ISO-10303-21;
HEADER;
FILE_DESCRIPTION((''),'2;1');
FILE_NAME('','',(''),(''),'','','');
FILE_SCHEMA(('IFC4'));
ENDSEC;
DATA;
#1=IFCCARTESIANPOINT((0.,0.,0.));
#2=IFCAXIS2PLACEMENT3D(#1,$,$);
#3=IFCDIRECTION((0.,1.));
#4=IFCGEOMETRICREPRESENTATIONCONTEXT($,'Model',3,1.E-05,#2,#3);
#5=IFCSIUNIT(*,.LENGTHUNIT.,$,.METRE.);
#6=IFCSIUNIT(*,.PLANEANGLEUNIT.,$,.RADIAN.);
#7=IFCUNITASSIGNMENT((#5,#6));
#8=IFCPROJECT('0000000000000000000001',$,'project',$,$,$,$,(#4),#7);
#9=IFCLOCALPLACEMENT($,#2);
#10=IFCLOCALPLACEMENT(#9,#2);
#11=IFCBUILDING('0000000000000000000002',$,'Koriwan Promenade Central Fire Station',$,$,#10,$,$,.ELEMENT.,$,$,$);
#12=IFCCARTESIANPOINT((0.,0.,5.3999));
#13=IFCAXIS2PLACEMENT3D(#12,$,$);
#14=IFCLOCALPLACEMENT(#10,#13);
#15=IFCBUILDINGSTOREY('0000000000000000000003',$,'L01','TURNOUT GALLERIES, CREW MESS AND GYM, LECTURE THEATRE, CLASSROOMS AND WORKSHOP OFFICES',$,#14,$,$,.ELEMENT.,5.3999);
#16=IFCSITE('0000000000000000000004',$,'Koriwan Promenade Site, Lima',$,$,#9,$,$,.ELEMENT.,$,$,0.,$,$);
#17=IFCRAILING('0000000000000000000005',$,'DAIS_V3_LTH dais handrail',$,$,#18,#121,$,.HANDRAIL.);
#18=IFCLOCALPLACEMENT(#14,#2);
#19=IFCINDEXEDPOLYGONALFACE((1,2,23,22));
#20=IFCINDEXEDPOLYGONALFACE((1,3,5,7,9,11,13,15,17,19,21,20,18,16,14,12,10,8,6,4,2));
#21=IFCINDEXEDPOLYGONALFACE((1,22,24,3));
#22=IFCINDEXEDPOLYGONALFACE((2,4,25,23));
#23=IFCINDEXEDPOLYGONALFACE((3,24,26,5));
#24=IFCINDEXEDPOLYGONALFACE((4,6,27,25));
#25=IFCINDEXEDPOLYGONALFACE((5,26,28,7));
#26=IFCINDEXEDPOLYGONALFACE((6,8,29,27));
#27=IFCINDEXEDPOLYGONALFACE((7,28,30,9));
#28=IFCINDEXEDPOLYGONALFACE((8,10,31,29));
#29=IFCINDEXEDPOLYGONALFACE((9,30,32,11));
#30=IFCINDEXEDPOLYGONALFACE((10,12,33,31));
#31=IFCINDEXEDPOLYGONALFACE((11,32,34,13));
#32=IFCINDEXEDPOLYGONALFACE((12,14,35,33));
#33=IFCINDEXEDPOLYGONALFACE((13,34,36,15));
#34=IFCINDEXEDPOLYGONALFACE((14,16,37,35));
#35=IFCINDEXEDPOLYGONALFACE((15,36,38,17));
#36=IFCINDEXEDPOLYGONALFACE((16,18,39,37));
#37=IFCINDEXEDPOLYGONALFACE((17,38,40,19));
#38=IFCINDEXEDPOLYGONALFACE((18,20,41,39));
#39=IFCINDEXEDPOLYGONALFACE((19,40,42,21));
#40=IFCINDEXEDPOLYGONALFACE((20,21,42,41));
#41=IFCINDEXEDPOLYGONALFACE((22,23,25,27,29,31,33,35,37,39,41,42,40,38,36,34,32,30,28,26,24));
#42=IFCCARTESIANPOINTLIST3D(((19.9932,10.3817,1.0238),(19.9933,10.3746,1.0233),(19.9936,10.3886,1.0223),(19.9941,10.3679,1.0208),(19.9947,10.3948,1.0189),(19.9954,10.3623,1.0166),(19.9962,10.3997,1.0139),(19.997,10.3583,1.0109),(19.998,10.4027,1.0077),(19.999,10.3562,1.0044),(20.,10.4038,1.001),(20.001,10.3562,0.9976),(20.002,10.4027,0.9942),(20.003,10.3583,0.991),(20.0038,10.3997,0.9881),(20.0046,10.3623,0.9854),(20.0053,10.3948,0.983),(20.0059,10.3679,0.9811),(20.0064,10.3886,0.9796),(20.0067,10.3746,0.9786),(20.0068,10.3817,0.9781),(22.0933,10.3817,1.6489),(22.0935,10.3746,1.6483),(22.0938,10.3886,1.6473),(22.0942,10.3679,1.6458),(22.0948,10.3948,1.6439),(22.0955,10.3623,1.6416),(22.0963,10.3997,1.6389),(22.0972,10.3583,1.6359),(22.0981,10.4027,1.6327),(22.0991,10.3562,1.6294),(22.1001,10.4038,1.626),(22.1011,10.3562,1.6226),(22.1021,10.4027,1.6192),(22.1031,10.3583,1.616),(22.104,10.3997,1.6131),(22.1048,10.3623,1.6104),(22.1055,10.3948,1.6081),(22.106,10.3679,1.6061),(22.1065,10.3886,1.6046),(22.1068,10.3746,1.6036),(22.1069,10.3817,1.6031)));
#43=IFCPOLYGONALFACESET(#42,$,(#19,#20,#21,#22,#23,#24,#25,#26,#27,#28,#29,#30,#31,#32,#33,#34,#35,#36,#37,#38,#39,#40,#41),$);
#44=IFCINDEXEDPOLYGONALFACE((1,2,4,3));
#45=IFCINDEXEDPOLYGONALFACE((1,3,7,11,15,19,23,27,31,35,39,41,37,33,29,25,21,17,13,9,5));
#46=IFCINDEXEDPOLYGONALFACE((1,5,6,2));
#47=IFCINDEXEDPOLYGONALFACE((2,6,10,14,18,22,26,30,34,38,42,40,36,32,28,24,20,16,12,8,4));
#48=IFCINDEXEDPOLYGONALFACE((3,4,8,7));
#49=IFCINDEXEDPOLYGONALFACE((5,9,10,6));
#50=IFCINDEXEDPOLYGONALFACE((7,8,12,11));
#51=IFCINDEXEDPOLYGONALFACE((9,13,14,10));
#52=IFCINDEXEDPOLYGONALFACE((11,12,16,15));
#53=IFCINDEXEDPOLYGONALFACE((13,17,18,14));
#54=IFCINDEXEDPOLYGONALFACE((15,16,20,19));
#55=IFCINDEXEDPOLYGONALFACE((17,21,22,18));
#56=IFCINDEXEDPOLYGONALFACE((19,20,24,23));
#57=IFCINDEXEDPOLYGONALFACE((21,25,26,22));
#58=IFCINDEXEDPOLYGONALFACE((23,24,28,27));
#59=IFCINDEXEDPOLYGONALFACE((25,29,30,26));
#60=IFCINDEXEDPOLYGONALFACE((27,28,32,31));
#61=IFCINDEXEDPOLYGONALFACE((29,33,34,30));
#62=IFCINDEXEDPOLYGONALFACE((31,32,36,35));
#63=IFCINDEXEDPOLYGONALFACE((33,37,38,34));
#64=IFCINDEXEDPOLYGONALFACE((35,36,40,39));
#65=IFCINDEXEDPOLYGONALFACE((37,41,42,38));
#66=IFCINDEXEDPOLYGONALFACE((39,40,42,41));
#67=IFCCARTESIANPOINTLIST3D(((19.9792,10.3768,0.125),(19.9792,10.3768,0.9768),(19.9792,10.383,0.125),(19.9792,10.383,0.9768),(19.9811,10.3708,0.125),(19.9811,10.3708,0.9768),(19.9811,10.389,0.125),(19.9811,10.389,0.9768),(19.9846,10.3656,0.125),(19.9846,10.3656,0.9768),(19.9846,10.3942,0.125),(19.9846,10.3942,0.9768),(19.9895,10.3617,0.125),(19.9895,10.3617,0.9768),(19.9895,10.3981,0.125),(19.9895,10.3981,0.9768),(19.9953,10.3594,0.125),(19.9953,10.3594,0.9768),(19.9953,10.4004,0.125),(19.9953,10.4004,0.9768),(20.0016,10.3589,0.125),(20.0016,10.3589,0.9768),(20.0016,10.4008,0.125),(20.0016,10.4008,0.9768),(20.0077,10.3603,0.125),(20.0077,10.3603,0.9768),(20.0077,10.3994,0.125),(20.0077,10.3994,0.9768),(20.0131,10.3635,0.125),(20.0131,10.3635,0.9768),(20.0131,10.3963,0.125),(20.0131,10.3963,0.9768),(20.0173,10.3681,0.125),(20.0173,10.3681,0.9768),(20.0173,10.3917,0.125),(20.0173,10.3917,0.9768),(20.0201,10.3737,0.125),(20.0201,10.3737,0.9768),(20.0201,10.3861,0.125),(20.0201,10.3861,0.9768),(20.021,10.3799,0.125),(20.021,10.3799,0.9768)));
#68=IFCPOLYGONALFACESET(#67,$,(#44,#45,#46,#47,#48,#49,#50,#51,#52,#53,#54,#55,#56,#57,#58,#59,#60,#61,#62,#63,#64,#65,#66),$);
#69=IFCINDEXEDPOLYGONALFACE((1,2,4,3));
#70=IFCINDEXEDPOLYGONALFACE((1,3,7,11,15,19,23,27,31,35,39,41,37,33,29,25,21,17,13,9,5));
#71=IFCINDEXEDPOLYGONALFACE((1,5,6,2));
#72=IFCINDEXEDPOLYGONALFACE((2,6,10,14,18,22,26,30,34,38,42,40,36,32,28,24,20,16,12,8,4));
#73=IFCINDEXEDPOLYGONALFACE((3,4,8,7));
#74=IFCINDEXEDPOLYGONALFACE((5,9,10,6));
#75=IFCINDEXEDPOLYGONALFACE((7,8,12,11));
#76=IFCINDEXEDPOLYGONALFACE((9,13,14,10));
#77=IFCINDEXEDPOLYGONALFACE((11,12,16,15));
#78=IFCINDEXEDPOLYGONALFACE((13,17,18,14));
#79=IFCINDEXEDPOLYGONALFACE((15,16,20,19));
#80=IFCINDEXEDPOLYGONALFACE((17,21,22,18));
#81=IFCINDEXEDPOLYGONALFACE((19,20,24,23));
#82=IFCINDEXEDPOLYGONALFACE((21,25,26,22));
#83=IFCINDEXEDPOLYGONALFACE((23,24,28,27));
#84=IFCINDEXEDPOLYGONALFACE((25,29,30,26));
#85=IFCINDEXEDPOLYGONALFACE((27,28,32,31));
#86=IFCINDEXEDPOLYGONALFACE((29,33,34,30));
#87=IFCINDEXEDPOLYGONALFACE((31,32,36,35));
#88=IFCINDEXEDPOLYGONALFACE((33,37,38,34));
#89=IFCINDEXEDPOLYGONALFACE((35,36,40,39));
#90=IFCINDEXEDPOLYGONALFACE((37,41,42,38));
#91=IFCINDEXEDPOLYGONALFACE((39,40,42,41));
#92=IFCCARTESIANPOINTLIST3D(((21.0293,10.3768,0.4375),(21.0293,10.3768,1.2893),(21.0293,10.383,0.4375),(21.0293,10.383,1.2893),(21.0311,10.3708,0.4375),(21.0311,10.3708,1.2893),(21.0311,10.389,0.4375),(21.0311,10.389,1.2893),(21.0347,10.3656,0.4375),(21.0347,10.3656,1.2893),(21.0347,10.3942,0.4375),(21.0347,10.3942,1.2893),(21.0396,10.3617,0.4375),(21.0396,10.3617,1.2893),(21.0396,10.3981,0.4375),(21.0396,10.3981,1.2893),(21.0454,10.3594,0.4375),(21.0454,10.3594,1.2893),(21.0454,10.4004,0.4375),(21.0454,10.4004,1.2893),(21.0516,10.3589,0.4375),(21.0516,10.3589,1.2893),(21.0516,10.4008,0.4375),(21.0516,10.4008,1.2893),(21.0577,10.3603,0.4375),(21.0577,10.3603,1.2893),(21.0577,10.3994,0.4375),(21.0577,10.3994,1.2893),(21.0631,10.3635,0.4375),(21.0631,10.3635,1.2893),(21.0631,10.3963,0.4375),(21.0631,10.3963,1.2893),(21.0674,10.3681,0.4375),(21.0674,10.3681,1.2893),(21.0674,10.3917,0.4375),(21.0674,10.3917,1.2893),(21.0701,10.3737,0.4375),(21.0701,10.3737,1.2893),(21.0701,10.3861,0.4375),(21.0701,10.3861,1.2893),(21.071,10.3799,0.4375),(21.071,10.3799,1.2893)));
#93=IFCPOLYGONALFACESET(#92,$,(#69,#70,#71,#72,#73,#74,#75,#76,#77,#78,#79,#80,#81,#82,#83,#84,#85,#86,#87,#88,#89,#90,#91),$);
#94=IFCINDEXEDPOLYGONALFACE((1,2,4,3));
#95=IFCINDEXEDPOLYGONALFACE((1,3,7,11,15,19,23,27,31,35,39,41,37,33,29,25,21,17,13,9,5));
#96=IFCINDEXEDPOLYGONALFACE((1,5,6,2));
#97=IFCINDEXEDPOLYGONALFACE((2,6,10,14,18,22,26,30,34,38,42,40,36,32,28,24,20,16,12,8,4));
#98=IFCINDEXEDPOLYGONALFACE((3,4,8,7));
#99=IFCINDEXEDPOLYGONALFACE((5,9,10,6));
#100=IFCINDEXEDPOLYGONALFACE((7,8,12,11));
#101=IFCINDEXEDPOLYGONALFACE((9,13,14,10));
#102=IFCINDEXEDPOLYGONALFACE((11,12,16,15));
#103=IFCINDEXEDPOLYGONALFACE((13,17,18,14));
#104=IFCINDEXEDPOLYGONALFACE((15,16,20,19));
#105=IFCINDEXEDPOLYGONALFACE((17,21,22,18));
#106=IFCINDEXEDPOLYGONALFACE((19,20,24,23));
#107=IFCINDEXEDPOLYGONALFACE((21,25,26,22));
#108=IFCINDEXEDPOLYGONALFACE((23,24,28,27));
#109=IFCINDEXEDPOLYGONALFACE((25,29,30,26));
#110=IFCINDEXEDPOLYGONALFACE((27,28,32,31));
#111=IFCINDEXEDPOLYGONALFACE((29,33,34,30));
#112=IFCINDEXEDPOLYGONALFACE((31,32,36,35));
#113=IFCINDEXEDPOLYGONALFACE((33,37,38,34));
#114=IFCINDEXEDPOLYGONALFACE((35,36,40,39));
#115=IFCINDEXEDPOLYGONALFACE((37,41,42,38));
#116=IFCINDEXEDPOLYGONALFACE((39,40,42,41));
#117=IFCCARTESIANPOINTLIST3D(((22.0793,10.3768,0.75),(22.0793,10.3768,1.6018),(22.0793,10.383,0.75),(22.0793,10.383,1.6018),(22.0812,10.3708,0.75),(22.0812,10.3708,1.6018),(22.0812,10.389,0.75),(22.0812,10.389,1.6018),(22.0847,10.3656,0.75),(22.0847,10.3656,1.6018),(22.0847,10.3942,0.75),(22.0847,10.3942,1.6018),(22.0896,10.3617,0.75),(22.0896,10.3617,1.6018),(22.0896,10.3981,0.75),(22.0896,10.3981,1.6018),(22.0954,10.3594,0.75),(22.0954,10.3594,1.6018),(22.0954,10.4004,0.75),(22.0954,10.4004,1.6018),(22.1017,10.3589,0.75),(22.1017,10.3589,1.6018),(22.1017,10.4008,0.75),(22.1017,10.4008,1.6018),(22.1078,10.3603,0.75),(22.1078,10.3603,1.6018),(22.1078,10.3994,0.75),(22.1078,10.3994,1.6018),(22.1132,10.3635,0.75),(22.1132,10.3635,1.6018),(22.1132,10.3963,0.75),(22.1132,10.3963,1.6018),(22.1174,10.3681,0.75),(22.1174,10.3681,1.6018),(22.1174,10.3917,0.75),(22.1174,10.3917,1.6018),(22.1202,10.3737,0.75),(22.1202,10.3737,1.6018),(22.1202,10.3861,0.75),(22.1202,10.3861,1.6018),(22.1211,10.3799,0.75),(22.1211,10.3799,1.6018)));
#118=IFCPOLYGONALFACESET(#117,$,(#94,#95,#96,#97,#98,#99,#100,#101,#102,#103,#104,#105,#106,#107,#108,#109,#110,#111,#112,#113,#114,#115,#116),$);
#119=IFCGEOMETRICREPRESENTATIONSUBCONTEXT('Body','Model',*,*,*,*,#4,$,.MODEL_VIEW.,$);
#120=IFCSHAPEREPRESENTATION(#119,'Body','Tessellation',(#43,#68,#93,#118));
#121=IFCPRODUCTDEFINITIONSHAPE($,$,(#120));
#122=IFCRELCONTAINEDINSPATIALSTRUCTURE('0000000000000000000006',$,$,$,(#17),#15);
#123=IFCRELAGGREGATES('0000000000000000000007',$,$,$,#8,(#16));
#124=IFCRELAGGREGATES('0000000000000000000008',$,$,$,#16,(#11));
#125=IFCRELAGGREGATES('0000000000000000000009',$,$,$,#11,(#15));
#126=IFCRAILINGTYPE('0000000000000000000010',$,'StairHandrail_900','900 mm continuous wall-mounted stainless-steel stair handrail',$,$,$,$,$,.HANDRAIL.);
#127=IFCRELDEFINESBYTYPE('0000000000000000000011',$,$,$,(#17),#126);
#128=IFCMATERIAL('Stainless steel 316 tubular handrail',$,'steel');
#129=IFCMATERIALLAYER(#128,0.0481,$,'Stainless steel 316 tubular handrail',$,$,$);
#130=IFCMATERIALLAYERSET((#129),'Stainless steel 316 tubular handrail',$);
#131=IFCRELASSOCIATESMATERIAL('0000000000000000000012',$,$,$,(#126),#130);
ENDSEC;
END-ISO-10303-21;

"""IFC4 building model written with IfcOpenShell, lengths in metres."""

from ifc_helpers import new_model, si_unit, direction, frame, origin, origin_2d, place, context, subcontext, project, spatial, circle, extrude, material, layer, layer_set, type_object, element, save


model = new_model("IFC4")

# Units and contexts
model_context = context("Model", 3, precision=1e-05, world=origin(), true_north=direction((0.0, 1.0)))
body_context = subcontext(model_context, "Body", "Model", "MODEL_VIEW")
ifc_project = project(units=[si_unit("LENGTHUNIT", "METRE"), si_unit("PLANEANGLEUNIT", "RADIAN")], contexts=[model_context])

# Site, building, storey
site_placement = place(None, origin())
site = spatial("IfcSite", under=ifc_project, at=site_placement, Name="Koriwan Promenade Site, Lima", CompositionType="ELEMENT", RefElevation=0.0)
building_placement = place(site_placement, origin())
building = spatial("IfcBuilding", under=site, at=building_placement, Name="Koriwan Promenade Central Fire Station", CompositionType="ELEMENT")
storey_placement = place(building_placement, frame((0.0, 0.0, 5.3999)))
storey = spatial("IfcBuildingStorey", under=building, at=storey_placement, Name="L01", Description="TURNOUT GALLERIES, CREW MESS AND GYM, LECTURE THEATRE, CLASSROOMS AND WORKSHOP OFFICES", CompositionType="ELEMENT", Elevation=5.3999)

# Railing
ifc_material_1 = material(Name="Stainless steel 316 tubular handrail", Category="steel")
ifc_layer_1 = layer(ifc_material_1, 0.0481, Name="Stainless steel 316 tubular handrail")
ifc_layer_set_1 = layer_set([ifc_layer_1], Name="Stainless steel 316 tubular handrail")
railing_type_1 = type_object("IfcRailingType", Name="StairHandrail_900", Description="900 mm continuous wall-mounted stainless-steel stair handrail", PredefinedType="HANDRAIL", material=ifc_layer_set_1)
railing_1_placement = place(storey_placement, frame((20.0, 10.3799, 0.125)))
element("IfcRailing", 1, at=railing_1_placement, inside=storey, type_object=railing_type_1, Name="DAIS_V3_LTH dais handrail", PredefinedType="HANDRAIL", context=body_context, shape_type="SweptSolid", body=[
    extrude(circle(Radius=0.0239, at=origin_2d()), frame((0.0, 0.0, 0.876), z_axis=(0.958456, 0.0, 0.285241), x_axis=(0.0, 1.0, 0.0)), (0.0, 0.0, 1.0), 2.1912),
    extrude(circle(Radius=0.021, at=origin_2d()), origin(), (0.0, 0.0, 1.0), 0.8518),
    extrude(circle(Radius=0.021, at=origin_2d()), frame((1.05, 0.0, 0.3125)), (0.0, 0.0, 1.0), 0.8518),
    extrude(circle(Radius=0.021, at=origin_2d()), frame((2.1001, 0.0, 0.625)), (0.0, 0.0, 1.0), 0.8518),
])

save(model, "model.ifc")
